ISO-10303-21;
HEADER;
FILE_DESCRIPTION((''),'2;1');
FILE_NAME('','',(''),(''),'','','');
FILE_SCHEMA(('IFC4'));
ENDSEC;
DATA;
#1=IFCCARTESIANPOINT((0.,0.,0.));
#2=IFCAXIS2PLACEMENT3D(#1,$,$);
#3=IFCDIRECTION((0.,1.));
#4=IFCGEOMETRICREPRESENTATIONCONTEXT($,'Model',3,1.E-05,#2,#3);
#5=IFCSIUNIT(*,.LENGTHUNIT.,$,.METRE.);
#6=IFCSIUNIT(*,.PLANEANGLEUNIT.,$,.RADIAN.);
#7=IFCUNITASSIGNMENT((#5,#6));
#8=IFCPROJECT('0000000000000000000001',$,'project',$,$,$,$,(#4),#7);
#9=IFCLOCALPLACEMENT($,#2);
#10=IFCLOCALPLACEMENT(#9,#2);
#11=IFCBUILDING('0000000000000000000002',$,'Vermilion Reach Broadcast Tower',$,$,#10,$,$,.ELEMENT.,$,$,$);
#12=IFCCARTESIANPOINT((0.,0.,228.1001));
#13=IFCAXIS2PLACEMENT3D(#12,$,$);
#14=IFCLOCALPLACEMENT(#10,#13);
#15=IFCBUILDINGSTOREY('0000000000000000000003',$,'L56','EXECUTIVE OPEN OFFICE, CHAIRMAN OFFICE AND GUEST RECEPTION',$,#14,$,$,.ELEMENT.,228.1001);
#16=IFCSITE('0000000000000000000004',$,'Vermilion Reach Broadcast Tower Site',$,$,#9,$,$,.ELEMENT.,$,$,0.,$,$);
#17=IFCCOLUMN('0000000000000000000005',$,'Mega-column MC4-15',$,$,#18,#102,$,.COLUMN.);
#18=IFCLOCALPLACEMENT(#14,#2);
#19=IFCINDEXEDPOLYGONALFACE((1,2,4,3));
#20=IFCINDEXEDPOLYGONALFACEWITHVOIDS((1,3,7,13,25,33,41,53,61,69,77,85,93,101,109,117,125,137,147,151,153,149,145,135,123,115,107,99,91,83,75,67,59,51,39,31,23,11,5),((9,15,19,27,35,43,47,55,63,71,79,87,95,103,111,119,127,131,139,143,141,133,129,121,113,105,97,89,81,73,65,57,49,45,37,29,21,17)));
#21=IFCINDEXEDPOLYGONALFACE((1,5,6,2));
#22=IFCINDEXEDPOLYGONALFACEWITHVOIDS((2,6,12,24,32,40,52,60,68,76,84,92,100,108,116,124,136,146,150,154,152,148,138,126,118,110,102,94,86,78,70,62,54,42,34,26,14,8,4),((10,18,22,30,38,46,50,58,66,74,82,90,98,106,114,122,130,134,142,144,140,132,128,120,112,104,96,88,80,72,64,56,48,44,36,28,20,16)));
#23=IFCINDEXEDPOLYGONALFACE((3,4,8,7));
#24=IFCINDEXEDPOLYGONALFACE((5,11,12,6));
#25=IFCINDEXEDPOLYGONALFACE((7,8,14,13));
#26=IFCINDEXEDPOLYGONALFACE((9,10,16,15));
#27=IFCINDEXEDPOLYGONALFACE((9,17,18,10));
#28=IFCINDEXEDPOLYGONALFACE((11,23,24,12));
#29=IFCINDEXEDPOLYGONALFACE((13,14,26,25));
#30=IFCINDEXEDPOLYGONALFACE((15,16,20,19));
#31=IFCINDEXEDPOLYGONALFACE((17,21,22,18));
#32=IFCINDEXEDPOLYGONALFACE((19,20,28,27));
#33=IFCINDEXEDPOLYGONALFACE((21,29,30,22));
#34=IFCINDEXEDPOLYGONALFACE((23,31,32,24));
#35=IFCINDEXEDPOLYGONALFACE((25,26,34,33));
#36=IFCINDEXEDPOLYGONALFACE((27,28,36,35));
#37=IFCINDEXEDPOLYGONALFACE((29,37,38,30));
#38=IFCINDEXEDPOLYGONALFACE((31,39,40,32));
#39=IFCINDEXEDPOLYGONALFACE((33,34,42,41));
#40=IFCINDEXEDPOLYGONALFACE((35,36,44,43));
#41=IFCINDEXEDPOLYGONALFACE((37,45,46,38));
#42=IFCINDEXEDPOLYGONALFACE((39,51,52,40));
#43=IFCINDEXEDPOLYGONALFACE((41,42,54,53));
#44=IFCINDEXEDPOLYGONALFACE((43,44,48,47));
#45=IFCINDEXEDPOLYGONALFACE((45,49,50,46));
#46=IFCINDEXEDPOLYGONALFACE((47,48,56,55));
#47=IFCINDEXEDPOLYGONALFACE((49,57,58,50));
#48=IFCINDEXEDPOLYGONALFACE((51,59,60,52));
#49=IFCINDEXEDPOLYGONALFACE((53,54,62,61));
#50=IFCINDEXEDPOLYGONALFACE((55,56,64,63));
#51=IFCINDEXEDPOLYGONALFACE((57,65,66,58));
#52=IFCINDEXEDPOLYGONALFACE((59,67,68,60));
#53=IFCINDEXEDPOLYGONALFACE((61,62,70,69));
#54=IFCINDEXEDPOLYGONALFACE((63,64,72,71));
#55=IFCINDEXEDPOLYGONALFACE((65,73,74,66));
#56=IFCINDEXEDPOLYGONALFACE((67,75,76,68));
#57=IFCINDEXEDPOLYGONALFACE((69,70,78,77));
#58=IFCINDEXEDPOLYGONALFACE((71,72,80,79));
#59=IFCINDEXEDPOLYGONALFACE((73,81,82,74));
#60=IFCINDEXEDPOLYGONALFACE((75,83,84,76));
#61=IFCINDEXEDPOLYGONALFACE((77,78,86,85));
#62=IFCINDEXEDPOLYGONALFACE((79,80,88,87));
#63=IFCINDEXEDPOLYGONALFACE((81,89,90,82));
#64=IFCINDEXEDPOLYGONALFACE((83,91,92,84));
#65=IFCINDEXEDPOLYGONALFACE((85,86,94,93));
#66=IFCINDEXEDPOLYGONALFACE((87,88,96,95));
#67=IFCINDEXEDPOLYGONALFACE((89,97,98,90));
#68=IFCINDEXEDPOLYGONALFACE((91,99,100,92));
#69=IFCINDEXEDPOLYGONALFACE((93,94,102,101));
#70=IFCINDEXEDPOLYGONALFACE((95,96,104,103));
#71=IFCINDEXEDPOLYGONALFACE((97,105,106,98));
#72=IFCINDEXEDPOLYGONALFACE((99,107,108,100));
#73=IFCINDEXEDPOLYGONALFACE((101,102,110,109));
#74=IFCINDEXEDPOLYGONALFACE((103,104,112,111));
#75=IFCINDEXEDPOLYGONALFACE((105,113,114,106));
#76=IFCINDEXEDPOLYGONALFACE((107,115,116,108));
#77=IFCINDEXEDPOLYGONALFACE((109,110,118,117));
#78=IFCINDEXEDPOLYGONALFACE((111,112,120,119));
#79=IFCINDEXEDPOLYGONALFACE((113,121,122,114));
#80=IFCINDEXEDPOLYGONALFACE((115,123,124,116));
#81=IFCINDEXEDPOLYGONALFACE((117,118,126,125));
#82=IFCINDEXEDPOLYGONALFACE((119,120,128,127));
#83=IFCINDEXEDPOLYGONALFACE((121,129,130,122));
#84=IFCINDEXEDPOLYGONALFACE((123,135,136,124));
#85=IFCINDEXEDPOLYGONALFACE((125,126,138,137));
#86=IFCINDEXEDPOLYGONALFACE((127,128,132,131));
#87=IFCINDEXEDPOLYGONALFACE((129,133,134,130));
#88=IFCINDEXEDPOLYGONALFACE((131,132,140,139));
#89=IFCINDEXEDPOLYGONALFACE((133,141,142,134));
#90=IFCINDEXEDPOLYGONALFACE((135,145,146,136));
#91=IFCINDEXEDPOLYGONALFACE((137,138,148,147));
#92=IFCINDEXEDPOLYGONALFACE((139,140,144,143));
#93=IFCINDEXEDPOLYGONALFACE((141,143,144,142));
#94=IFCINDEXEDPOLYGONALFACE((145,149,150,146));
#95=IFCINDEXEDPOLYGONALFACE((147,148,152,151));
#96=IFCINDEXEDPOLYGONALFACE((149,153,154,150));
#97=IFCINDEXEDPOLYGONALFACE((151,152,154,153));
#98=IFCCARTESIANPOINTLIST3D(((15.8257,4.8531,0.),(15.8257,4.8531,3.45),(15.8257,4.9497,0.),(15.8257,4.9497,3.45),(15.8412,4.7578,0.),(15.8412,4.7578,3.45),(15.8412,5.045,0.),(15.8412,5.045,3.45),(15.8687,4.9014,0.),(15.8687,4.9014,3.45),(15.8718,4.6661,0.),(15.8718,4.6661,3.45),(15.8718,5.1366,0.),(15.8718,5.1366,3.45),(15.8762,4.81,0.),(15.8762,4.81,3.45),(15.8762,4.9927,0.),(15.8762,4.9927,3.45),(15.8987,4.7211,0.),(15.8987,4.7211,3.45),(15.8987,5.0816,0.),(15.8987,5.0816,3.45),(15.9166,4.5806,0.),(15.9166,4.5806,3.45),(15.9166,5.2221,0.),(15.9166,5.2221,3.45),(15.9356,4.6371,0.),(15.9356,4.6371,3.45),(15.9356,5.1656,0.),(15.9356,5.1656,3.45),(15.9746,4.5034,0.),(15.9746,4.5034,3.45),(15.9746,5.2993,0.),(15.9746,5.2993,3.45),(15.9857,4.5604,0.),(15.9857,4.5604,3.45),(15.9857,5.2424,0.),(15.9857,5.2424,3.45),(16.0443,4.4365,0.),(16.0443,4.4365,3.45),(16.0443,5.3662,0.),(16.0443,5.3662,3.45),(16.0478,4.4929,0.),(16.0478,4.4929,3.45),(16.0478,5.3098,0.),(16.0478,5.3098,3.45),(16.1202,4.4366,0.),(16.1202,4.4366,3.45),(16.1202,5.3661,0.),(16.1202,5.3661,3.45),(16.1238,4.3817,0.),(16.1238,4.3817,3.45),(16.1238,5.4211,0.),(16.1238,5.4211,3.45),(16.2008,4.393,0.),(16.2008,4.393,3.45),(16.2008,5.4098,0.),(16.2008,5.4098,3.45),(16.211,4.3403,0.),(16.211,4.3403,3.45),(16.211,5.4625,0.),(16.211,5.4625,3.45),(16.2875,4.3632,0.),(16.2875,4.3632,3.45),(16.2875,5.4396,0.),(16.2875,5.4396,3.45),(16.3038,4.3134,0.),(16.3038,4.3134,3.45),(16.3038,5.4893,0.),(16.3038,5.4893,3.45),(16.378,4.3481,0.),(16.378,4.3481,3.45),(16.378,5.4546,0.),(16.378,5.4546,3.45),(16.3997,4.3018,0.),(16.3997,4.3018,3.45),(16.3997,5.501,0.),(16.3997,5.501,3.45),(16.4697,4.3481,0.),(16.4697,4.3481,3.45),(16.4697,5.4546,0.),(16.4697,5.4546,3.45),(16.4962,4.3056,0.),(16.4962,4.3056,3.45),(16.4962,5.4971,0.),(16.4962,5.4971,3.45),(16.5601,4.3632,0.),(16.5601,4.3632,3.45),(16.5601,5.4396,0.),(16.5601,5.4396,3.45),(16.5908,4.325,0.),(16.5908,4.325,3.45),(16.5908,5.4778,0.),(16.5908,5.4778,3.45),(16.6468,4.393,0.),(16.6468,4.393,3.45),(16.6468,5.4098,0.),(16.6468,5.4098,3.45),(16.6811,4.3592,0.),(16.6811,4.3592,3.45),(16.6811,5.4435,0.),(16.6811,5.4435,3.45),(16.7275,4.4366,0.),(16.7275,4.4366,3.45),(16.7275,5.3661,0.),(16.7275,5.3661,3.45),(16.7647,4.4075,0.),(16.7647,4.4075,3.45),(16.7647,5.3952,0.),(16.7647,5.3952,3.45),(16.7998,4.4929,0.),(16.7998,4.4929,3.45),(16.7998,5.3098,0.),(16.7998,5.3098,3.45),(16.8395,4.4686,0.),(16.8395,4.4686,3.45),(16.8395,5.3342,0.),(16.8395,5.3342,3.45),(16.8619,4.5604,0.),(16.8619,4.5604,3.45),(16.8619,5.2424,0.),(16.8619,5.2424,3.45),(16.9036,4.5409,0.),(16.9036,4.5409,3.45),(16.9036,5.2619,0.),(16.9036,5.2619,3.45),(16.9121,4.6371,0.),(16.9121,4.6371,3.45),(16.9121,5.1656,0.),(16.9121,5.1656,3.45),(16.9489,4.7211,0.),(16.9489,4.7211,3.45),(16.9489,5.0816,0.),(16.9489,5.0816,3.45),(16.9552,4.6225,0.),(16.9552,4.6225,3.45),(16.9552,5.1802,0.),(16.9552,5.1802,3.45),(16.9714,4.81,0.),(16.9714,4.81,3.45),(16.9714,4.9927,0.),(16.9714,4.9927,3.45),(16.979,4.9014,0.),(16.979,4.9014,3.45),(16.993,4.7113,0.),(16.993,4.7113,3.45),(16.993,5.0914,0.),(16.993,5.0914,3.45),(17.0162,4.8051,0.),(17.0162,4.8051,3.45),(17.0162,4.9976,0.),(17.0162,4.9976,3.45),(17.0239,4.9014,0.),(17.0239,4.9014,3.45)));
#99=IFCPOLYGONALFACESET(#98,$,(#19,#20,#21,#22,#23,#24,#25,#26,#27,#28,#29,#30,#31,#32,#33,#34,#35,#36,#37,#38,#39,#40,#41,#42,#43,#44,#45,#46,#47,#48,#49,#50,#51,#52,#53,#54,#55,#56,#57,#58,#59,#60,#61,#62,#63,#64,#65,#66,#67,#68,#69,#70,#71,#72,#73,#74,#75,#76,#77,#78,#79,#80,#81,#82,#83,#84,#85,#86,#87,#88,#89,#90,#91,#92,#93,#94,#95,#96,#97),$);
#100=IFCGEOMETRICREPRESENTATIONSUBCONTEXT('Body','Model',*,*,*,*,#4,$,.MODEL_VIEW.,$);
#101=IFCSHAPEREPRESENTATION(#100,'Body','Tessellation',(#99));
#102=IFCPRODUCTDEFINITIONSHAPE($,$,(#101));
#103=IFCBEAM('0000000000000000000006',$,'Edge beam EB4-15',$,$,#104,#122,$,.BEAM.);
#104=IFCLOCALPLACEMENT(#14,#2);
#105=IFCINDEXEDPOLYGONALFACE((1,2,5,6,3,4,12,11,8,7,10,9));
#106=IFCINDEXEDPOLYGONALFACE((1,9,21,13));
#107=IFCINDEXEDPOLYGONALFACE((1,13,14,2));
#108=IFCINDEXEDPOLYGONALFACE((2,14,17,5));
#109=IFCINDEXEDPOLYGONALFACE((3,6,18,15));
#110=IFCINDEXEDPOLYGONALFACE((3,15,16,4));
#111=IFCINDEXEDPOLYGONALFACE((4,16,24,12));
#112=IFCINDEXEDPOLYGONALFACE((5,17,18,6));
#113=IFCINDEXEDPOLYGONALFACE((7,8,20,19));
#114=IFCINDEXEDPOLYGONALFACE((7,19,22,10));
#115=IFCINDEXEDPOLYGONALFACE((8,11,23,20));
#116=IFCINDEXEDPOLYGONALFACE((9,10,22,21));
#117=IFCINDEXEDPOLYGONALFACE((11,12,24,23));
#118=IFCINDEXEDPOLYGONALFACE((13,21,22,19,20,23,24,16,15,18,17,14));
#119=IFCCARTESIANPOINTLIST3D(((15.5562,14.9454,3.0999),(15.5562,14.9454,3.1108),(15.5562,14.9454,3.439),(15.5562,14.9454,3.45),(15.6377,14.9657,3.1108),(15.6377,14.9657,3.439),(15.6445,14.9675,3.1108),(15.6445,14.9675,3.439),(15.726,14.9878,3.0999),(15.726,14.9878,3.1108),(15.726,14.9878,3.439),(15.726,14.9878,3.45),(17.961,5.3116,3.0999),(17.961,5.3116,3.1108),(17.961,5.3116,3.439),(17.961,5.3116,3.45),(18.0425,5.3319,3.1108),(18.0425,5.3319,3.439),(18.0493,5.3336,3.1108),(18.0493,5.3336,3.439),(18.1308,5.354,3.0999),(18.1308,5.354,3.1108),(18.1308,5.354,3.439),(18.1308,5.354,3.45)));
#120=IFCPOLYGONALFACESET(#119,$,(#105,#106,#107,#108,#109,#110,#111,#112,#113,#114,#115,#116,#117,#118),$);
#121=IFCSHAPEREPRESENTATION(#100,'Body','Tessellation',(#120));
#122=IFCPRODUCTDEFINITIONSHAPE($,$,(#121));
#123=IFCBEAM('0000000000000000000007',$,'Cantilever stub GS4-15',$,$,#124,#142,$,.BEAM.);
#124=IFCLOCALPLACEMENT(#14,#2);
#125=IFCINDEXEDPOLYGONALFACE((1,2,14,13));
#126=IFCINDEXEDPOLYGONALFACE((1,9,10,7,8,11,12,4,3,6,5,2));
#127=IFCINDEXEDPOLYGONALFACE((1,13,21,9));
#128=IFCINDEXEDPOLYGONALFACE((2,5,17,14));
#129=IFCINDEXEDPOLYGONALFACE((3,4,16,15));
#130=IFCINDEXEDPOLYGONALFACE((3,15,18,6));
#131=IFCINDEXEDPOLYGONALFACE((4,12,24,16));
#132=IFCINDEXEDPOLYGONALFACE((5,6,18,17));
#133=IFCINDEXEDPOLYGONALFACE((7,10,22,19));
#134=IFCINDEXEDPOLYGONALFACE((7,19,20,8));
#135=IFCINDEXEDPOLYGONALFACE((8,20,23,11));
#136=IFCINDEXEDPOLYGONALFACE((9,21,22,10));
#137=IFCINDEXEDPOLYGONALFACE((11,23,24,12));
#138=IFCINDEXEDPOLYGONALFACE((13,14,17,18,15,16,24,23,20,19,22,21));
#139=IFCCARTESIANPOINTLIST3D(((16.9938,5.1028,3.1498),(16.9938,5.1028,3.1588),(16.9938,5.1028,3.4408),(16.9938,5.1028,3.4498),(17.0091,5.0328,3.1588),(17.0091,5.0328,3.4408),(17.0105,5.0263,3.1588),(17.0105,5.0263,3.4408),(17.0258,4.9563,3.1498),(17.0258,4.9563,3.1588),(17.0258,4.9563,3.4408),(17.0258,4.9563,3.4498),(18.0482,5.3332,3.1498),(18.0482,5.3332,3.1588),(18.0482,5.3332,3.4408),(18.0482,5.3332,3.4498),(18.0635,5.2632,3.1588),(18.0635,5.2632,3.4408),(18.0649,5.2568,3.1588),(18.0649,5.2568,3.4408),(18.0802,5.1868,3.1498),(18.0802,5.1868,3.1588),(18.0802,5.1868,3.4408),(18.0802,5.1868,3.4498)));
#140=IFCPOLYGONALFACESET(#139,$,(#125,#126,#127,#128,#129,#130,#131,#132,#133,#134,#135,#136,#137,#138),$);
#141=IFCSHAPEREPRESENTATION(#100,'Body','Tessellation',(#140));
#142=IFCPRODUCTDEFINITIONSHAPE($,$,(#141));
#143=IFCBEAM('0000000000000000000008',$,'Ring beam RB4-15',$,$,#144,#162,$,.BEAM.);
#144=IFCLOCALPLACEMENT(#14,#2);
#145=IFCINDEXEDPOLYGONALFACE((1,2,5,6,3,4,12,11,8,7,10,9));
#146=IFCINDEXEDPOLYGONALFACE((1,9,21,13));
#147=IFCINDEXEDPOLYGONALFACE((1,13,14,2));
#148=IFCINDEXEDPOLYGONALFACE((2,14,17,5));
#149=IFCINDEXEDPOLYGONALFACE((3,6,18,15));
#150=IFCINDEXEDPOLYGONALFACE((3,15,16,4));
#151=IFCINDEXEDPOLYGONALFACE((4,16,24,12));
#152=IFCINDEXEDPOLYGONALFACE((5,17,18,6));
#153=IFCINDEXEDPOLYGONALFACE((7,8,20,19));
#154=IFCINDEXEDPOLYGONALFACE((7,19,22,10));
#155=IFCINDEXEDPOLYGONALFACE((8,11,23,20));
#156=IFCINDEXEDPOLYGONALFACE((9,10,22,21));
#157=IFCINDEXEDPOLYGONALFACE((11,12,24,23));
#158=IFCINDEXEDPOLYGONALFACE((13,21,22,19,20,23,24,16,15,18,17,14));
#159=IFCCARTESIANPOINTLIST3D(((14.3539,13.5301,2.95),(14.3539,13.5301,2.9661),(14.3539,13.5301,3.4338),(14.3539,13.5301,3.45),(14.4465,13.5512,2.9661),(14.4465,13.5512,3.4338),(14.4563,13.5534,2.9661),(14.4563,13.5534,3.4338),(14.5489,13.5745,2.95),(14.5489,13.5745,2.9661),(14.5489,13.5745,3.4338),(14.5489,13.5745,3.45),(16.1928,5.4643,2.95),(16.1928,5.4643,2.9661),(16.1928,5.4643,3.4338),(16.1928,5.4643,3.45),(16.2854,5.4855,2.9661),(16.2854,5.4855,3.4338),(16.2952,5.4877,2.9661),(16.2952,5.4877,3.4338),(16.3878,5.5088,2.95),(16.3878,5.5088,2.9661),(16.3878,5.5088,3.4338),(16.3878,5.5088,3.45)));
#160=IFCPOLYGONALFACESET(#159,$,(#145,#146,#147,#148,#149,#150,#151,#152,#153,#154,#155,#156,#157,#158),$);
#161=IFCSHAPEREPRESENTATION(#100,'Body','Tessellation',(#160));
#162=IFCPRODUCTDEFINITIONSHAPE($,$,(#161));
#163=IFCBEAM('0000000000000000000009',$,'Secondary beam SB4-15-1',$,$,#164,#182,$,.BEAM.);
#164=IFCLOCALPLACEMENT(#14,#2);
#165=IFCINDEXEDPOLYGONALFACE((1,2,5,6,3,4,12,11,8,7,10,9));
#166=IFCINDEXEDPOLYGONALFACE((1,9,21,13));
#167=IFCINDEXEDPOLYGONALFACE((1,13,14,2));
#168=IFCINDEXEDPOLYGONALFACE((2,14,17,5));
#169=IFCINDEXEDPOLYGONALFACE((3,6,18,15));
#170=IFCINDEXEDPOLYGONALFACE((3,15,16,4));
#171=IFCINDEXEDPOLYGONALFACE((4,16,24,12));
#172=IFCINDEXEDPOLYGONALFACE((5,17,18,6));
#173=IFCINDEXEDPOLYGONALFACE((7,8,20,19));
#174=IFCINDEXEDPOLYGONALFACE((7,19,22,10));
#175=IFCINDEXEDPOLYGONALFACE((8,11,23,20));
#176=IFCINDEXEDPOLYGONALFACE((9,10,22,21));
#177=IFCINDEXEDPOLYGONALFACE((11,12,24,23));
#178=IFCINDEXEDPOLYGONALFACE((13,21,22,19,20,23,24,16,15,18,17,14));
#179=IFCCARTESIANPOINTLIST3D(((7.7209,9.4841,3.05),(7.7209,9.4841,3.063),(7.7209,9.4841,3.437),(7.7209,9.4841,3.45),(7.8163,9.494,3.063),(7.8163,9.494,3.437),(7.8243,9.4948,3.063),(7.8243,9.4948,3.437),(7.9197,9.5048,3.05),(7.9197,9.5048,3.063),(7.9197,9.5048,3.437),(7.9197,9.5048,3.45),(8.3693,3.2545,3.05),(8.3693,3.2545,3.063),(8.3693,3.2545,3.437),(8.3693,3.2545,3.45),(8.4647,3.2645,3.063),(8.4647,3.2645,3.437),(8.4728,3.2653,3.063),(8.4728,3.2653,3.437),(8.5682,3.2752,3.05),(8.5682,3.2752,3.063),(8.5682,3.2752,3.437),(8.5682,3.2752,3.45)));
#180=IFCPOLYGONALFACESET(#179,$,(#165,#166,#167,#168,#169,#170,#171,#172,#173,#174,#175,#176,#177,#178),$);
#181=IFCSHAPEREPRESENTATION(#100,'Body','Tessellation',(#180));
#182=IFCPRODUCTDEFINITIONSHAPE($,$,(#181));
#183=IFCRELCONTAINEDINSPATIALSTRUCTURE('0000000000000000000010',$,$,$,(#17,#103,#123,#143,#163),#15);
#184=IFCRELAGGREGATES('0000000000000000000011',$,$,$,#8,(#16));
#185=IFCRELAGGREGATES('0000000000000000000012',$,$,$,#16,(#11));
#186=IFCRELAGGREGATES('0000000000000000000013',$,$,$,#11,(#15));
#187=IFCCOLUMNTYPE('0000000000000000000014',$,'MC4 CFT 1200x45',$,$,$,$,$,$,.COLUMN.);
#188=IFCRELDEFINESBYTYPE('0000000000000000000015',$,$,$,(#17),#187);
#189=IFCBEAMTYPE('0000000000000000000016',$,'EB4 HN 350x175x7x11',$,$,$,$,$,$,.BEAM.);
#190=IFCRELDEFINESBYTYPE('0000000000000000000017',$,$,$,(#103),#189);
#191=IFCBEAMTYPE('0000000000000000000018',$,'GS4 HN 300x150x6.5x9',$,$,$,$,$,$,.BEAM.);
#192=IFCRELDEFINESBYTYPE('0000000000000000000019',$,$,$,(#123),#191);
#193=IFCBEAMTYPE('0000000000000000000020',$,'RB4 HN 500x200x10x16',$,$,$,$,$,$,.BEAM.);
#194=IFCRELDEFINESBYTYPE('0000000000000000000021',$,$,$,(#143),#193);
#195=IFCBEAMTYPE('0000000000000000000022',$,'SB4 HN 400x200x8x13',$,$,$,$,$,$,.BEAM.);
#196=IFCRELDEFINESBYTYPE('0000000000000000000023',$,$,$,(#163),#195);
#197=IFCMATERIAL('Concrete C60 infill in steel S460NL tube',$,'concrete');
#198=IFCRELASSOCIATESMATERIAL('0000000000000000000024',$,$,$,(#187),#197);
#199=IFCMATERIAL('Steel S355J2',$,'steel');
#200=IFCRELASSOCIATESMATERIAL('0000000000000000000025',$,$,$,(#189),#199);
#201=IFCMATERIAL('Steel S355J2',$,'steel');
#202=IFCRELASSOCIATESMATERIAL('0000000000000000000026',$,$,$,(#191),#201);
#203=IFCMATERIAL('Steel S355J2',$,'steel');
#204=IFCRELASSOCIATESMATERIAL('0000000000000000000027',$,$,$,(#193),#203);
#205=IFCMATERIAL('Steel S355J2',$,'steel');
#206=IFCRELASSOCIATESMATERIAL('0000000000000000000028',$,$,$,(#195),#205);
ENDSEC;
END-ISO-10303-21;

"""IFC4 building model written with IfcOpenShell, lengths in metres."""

from ifc_helpers import new_model, si_unit, direction, frame, origin, origin_2d, place, context, subcontext, project, spatial, hollow_circle, i_section, extrude, material, material_profile, profile_set, type_object, element, save


model = new_model("IFC4")

# Units and contexts
model_context = context("Model", 3, precision=1e-05, world=origin(), true_north=direction((0.0, 1.0)))
body_context = subcontext(model_context, "Body", "Model", "MODEL_VIEW")
ifc_project = project(units=[si_unit("LENGTHUNIT", "METRE"), si_unit("PLANEANGLEUNIT", "RADIAN")], contexts=[model_context])

# Site, building, storey
site_placement = place(None, origin())
site = spatial("IfcSite", under=ifc_project, at=site_placement, Name="Vermilion Reach Broadcast Tower Site", CompositionType="ELEMENT", RefElevation=0.0)
building_placement = place(site_placement, origin())
building = spatial("IfcBuilding", under=site, at=building_placement, Name="Vermilion Reach Broadcast Tower", CompositionType="ELEMENT")
storey_placement = place(building_placement, frame((0.0, 0.0, 228.1001)))
storey = spatial("IfcBuildingStorey", under=building, at=storey_placement, Name="L56", Description="EXECUTIVE OPEN OFFICE, CHAIRMAN OFFICE AND GUEST RECEPTION", CompositionType="ELEMENT", Elevation=228.1001)

# Column
ifc_material_1 = material(Name="Concrete C60 infill in steel S460NL tube", Category="concrete")
ifc_material_profile_1 = material_profile(ifc_material_1, hollow_circle(Radius=0.6001, WallThickness=0.0449, at=origin_2d()), Name="Concrete C60 infill in steel S460NL tube CFT 1200x45")
ifc_profile_set_1 = profile_set([ifc_material_profile_1], Name="Concrete C60 infill in steel S460NL tube")
column_type = type_object("IfcColumnType", Name="MC4 CFT 1200x45", PredefinedType="COLUMN", material=ifc_profile_set_1)
column_placement = place(storey_placement, frame((16.4238, 4.9014, 0.0), z_axis=(0.0, 0.0, 1.0), x_axis=(1.0, 0.0, 0.0)))
element("IfcColumn", 1, at=column_placement, inside=storey, type_object=column_type, Name="Mega-column MC4-15", PredefinedType="COLUMN", context=body_context, shape_type="SweptSolid", body=[
    extrude(hollow_circle(Radius=0.6001, WallThickness=0.0449, at=origin_2d()), origin(), (0.0, 0.0, 1.0), 3.45),
])

# Beams
ifc_material_2 = material(Name="Steel S355J2", Category="steel")
ifc_material_profile_2 = material_profile(ifc_material_2, i_section(OverallWidth=0.175, OverallDepth=0.3501, WebThickness=0.0071, FlangeThickness=0.011, at=origin_2d()), Name="S355J2 HN 350x175x7x11")
ifc_profile_set_2 = profile_set([ifc_material_profile_2], Name="Steel S355J2")
beam_type_1 = type_object("IfcBeamType", Name="EB4 HN 350x175x7x11", PredefinedType="BEAM", material=ifc_profile_set_2)
beam_1_placement = place(storey_placement, frame((18.0459, 5.3328, 3.2749), z_axis=(-0.242188, 0.970229, 0.0), x_axis=(-0.970229, -0.242188, 0.0)))
element("IfcBeam", 2, at=beam_1_placement, inside=storey, type_object=beam_type_1, Name="Edge beam EB4-15", PredefinedType="BEAM", context=body_context, shape_type="SweptSolid", body=[
    extrude(i_section(OverallWidth=0.175, OverallDepth=0.3501, WebThickness=0.0071, FlangeThickness=0.011, at=origin_2d()), origin(), (0.0, 0.0, 1.0), 9.9294),
])
ifc_material_3 = material(Name="Steel S355J2", Category="steel")
ifc_material_profile_3 = material_profile(ifc_material_3, i_section(OverallWidth=0.1499, OverallDepth=0.3, WebThickness=0.0066, FlangeThickness=0.009, at=origin_2d()), Name="S355J2 HN 300x150x6.5x9")
ifc_profile_set_3 = profile_set([ifc_material_profile_3], Name="Steel S355J2")
beam_type_2 = type_object("IfcBeamType", Name="GS4 HN 300x150x6.5x9", PredefinedType="BEAM", material=ifc_profile_set_3)
beam_2_placement = place(storey_placement, frame((17.0098, 5.0295, 3.2998), z_axis=(0.976937, 0.213528, 0.0), x_axis=(-0.213528, 0.976937, 0.0)))
element("IfcBeam", 3, at=beam_2_placement, inside=storey, type_object=beam_type_2, Name="Cantilever stub GS4-15", PredefinedType="BEAM", context=body_context, shape_type="SweptSolid", body=[
    extrude(i_section(OverallWidth=0.1499, OverallDepth=0.3, WebThickness=0.0066, FlangeThickness=0.009, at=origin_2d()), origin(), (0.0, 0.0, 1.0), 1.0793),
])
ifc_material_4 = material(Name="Steel S355J2", Category="steel")
ifc_material_profile_4 = material_profile(ifc_material_4, i_section(OverallWidth=0.2, OverallDepth=0.5, WebThickness=0.01, FlangeThickness=0.0161, at=origin_2d()), Name="S355J2 HN 500x200x10x16")
ifc_profile_set_4 = profile_set([ifc_material_profile_4], Name="Steel S355J2")
beam_type_3 = type_object("IfcBeamType", Name="RB4 HN 500x200x10x16", PredefinedType="BEAM", material=ifc_profile_set_4)
beam_3_placement = place(storey_placement, frame((16.2903, 5.4866, 3.2), z_axis=(-0.222283, 0.974982, 0.0), x_axis=(-0.974982, -0.222283, 0.0)))
element("IfcBeam", 4, at=beam_3_placement, inside=storey, type_object=beam_type_3, Name="Ring beam RB4-15", PredefinedType="BEAM", context=body_context, shape_type="SweptSolid", body=[
    extrude(i_section(OverallWidth=0.2, OverallDepth=0.5, WebThickness=0.01, FlangeThickness=0.0161, at=origin_2d()), origin(), (0.0, 0.0, 1.0), 8.2727),
])
ifc_material_5 = material(Name="Steel S355J2", Category="steel")
ifc_material_profile_5 = material_profile(ifc_material_5, i_section(OverallWidth=0.2, OverallDepth=0.3999, WebThickness=0.0081, FlangeThickness=0.0129, at=origin_2d()), Name="S355J2 HN 400x200x8x13")
ifc_profile_set_5 = profile_set([ifc_material_profile_5], Name="Steel S355J2")
beam_type_4 = type_object("IfcBeamType", Name="SB4 HN 400x200x8x13", PredefinedType="BEAM", material=ifc_profile_set_5)
beam_4_placement = place(storey_placement, frame((8.4688, 3.2649, 3.25), z_axis=(-0.103532, 0.994626, 0.0), x_axis=(-0.994626, -0.103532, 0.0)))
element("IfcBeam", 5, at=beam_4_placement, inside=storey, type_object=beam_type_4, Name="Secondary beam SB4-15-1", PredefinedType="BEAM", context=body_context, shape_type="SweptSolid", body=[
    extrude(i_section(OverallWidth=0.2, OverallDepth=0.3999, WebThickness=0.0081, FlangeThickness=0.0129, at=origin_2d()), origin(), (0.0, 0.0, 1.0), 6.2632),
])

save(model, "model.ifc")
